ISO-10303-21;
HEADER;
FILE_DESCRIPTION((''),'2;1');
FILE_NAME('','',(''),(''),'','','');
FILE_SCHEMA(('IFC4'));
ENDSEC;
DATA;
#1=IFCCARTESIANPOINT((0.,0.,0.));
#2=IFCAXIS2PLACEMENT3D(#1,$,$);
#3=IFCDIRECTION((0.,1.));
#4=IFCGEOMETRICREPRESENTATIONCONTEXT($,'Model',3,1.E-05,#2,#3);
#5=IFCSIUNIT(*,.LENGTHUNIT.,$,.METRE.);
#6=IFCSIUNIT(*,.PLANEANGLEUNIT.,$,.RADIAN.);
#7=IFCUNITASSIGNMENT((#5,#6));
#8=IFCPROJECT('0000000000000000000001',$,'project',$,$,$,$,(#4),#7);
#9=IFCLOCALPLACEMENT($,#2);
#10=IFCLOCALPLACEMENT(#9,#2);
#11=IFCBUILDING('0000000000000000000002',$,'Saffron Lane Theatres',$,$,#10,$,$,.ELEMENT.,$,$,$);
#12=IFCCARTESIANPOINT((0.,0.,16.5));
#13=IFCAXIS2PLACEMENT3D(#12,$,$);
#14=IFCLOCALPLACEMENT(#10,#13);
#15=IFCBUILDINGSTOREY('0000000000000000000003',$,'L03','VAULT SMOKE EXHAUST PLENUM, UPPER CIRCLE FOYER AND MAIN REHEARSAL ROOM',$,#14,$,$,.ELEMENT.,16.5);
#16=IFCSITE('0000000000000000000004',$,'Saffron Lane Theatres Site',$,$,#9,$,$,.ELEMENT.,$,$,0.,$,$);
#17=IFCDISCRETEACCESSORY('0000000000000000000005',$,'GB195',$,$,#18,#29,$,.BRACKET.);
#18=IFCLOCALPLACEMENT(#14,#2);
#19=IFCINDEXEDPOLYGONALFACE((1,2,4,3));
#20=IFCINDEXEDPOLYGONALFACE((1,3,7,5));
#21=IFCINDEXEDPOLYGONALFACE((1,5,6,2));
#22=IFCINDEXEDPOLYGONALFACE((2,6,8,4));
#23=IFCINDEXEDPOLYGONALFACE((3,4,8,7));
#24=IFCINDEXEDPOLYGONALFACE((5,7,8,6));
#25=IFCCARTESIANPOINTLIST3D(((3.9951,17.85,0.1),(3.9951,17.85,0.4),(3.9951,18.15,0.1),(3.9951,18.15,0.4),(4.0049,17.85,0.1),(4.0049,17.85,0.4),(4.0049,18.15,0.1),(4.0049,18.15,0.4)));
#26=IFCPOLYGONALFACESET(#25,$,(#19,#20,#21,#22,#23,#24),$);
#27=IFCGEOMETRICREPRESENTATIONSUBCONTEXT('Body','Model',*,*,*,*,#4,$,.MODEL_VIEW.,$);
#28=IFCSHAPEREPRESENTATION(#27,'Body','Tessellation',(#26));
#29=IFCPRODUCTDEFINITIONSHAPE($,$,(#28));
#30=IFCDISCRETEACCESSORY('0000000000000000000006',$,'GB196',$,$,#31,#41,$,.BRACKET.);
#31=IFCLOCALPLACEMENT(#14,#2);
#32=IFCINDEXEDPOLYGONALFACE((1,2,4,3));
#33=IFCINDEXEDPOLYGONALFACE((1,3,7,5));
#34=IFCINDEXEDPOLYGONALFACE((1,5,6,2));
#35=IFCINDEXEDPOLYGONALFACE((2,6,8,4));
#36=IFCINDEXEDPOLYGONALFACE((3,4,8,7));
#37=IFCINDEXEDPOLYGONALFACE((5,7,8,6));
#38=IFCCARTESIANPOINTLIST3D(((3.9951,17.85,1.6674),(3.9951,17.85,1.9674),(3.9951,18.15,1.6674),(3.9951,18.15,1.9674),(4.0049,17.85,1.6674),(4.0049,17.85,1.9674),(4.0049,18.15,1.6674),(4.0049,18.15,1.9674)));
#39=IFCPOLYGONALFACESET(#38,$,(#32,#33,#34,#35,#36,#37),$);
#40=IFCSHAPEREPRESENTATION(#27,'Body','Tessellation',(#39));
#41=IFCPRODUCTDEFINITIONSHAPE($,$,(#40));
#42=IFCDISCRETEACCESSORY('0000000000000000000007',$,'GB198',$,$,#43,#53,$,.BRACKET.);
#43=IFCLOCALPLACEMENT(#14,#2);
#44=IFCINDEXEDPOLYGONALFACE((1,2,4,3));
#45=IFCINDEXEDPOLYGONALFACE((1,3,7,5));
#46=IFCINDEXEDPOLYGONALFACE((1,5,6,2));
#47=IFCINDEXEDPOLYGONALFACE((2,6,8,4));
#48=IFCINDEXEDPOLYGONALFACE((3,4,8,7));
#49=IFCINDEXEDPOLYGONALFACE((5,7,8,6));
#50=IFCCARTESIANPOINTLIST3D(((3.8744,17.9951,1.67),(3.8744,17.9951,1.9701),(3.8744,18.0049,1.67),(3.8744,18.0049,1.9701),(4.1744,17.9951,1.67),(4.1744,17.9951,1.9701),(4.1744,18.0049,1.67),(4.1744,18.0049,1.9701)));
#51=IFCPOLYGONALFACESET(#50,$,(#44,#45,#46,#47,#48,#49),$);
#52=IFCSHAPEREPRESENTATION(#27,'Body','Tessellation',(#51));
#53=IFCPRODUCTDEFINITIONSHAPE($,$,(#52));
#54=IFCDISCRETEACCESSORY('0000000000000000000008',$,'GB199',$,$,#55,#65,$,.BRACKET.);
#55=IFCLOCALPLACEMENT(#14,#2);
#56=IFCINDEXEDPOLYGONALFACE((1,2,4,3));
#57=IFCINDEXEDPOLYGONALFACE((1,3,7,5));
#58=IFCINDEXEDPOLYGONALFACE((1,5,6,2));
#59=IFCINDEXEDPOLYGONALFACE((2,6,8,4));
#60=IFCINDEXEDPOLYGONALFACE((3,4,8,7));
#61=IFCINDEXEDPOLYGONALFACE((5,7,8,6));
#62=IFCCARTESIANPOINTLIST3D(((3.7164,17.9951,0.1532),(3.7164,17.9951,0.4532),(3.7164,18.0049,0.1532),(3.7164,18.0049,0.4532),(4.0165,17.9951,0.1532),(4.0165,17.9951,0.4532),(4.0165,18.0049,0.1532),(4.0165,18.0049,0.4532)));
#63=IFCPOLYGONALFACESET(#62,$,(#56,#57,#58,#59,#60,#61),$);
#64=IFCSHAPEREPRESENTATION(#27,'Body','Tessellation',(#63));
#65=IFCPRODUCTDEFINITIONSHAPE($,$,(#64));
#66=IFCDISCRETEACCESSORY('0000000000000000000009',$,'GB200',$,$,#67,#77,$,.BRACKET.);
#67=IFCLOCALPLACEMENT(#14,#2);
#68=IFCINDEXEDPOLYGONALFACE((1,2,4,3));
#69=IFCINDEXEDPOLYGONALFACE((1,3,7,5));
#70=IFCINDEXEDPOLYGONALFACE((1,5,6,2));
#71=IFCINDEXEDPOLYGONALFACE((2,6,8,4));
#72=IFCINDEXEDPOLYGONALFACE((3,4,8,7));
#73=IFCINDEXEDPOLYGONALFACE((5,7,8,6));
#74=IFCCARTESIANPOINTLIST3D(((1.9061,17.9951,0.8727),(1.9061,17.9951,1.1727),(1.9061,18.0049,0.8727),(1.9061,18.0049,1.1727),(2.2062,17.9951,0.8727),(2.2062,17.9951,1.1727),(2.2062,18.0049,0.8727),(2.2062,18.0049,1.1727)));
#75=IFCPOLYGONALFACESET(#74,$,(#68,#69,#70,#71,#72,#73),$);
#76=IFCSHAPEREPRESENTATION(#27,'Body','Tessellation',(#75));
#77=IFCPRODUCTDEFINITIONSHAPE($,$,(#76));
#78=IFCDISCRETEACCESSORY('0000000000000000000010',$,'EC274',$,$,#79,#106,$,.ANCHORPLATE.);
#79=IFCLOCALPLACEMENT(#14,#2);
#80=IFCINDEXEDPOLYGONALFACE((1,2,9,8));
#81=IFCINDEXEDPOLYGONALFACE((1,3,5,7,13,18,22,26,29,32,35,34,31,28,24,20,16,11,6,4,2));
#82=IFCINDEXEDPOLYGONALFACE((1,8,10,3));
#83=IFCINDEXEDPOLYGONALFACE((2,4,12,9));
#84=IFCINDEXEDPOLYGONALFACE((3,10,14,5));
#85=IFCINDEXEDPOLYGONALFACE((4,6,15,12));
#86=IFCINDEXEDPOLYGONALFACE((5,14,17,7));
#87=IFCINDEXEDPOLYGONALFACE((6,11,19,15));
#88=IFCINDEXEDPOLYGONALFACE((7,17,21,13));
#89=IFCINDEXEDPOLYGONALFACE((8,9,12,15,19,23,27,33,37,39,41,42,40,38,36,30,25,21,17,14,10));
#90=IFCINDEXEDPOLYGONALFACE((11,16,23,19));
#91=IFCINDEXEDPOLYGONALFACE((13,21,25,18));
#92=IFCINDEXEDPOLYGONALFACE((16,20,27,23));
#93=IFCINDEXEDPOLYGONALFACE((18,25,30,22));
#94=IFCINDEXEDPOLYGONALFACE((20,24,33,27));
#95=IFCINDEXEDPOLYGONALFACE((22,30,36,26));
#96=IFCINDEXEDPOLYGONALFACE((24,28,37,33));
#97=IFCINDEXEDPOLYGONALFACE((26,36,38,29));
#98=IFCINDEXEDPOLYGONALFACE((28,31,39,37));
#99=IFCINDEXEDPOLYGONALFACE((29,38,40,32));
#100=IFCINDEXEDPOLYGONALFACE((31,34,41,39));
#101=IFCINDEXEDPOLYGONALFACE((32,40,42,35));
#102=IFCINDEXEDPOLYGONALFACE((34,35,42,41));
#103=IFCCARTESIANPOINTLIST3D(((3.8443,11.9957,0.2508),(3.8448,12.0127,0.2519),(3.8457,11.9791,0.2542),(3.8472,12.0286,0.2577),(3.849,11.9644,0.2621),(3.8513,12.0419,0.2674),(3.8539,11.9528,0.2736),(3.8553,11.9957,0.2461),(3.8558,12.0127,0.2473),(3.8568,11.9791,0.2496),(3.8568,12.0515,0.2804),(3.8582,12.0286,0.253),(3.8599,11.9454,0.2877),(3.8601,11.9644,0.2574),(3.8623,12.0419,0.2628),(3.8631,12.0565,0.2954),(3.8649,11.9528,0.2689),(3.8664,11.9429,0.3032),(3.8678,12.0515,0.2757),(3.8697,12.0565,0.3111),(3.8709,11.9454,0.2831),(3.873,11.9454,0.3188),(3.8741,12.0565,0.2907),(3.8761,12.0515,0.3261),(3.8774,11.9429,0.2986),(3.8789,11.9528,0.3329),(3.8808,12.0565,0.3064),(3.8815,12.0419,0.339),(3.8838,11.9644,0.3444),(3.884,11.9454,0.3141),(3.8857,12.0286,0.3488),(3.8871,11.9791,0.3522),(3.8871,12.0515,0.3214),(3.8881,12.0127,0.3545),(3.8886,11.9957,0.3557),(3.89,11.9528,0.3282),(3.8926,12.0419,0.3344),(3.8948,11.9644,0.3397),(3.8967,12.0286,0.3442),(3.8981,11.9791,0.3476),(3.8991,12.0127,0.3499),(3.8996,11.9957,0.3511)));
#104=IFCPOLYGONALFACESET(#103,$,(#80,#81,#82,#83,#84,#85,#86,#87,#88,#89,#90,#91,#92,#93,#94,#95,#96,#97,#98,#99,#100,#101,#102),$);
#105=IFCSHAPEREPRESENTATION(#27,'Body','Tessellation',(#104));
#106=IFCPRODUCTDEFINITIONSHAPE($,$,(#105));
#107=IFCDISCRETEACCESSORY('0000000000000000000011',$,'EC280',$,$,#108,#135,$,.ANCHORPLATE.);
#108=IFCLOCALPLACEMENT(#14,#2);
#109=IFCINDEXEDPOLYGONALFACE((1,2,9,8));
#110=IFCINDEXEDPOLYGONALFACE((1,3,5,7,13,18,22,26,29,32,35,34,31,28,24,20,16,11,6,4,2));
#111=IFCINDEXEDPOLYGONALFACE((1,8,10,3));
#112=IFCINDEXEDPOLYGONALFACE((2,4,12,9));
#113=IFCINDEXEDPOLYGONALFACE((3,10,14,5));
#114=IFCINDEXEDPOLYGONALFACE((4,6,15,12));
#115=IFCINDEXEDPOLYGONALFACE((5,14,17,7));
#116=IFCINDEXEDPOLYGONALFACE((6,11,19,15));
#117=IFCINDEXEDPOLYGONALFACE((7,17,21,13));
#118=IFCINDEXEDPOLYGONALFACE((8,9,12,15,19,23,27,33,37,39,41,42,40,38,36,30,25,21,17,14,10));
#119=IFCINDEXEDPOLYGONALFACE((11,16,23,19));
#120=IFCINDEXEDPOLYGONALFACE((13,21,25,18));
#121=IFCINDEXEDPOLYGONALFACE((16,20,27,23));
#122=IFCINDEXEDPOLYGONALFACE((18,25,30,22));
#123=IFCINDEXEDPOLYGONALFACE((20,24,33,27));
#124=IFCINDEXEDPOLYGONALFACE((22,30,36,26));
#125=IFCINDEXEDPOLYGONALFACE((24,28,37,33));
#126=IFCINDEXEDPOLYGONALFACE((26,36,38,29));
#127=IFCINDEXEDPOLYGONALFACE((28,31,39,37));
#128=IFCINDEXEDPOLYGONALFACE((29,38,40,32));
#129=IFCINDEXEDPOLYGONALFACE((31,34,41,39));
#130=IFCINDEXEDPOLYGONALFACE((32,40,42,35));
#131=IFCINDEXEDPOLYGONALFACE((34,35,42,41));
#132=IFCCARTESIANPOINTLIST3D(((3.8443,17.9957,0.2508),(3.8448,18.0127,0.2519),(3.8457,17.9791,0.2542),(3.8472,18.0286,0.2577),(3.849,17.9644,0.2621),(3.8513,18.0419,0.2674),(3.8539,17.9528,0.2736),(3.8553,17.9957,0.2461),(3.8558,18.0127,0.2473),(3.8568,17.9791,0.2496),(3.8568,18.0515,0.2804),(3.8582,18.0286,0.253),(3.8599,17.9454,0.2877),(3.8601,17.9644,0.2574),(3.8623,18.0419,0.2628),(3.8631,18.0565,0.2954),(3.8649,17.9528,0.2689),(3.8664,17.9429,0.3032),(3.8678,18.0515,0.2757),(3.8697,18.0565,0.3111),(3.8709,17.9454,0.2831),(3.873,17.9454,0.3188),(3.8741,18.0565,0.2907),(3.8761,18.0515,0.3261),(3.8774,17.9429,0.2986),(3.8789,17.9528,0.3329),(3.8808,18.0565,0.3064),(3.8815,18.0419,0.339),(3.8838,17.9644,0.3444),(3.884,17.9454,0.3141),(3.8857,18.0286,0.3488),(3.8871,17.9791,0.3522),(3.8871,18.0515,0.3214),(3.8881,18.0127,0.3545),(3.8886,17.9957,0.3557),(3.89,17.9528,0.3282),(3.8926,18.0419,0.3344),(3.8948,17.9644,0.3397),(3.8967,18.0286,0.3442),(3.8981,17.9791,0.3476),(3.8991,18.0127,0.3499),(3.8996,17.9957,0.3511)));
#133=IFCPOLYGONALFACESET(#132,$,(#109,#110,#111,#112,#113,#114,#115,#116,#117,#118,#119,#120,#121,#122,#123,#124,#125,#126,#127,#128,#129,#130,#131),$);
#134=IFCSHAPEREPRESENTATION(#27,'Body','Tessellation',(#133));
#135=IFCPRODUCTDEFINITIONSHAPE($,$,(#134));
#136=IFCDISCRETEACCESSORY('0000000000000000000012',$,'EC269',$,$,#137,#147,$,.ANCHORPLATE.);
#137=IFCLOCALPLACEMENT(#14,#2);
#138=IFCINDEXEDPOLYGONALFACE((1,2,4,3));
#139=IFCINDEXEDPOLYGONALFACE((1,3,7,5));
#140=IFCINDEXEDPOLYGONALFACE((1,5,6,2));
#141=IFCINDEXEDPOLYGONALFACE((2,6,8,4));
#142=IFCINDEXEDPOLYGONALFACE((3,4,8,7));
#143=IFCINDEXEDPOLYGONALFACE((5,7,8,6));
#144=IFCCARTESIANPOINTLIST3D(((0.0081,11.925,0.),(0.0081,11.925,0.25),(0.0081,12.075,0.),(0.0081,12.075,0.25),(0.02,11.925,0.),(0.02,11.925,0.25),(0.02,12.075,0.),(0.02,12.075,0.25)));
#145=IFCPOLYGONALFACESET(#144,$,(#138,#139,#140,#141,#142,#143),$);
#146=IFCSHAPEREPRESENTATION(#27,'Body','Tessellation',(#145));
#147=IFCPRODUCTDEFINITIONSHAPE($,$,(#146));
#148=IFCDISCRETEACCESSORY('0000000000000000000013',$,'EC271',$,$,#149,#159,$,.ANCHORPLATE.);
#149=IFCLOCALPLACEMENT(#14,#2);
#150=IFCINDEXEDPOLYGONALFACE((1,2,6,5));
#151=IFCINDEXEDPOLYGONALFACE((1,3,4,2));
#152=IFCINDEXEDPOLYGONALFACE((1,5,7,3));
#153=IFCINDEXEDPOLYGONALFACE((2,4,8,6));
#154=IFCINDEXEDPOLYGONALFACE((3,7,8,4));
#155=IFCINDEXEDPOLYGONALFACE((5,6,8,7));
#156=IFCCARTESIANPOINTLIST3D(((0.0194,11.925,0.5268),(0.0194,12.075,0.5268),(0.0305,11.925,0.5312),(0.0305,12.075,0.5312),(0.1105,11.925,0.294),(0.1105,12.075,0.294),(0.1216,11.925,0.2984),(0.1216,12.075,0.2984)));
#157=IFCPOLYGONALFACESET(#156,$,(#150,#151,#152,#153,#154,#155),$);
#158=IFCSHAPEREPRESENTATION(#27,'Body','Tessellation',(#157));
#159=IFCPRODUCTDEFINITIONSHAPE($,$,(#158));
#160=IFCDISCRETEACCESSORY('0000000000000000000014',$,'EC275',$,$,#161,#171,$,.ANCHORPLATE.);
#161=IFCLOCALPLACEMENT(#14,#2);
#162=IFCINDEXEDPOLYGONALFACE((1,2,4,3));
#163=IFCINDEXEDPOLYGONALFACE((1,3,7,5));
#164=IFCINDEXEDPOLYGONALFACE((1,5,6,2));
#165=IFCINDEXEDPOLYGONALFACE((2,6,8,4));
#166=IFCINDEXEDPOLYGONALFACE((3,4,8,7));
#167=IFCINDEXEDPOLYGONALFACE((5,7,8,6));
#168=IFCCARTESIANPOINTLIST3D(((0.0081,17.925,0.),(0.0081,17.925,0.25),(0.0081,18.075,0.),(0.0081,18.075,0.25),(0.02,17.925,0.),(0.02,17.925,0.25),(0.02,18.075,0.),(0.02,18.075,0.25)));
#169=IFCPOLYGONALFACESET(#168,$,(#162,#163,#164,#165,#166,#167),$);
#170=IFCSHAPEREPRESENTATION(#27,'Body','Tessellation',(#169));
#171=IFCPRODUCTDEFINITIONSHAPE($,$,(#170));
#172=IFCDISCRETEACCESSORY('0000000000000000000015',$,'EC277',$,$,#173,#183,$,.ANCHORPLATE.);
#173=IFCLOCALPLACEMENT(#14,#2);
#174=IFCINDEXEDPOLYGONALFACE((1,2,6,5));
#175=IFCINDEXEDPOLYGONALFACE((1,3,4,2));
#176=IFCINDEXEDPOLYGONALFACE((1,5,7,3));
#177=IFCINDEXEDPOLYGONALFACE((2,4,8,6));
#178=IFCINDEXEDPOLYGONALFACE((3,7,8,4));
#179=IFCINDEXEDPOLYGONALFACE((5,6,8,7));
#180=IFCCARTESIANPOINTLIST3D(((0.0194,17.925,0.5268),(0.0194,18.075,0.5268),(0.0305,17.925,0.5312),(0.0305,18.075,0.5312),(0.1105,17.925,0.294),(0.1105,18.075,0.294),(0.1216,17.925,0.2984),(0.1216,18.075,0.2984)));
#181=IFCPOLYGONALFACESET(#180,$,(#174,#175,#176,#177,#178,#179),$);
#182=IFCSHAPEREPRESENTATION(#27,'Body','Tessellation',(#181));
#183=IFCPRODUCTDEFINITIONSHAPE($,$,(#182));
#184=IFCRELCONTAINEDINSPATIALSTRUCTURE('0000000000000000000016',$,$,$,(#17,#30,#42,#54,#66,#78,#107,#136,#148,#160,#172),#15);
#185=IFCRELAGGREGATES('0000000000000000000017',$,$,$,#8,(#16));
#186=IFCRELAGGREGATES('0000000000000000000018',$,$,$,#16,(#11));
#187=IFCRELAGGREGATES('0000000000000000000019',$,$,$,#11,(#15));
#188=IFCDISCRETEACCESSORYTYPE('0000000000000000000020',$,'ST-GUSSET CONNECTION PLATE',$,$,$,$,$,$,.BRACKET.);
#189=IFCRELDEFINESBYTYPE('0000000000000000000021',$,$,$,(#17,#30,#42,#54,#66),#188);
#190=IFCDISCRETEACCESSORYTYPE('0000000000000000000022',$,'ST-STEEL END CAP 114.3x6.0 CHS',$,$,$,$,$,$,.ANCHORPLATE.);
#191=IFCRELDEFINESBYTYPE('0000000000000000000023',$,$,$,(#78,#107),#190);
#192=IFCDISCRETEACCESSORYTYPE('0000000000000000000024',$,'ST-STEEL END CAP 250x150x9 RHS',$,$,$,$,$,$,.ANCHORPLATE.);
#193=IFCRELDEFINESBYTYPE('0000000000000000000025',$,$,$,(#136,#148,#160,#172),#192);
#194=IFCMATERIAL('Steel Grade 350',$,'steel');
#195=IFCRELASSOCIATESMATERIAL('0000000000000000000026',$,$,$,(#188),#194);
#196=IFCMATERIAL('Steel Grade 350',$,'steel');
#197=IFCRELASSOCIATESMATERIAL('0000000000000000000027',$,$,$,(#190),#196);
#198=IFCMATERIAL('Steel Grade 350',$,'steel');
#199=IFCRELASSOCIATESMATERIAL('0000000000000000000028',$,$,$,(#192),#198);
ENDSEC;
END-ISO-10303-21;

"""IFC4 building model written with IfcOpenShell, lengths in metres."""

from ifc_helpers import new_model, si_unit, direction, frame, origin, origin_2d, place, context, subcontext, project, spatial, rectangle, circle, extrude, material, material_profile, profile_set, type_object, element, save


model = new_model("IFC4")

# Units and contexts
model_context = context("Model", 3, precision=1e-05, world=origin(), true_north=direction((0.0, 1.0)))
body_context = subcontext(model_context, "Body", "Model", "MODEL_VIEW")
ifc_project = project(units=[si_unit("LENGTHUNIT", "METRE"), si_unit("PLANEANGLEUNIT", "RADIAN")], contexts=[model_context])

# Site, building, storey
site_placement = place(None, origin())
site = spatial("IfcSite", under=ifc_project, at=site_placement, Name="Saffron Lane Theatres Site", CompositionType="ELEMENT", RefElevation=0.0)
building_placement = place(site_placement, origin())
building = spatial("IfcBuilding", under=site, at=building_placement, Name="Saffron Lane Theatres", CompositionType="ELEMENT")
storey_placement = place(building_placement, frame((0.0, 0.0, 16.5)))
storey = spatial("IfcBuildingStorey", under=building, at=storey_placement, Name="L03", Description="VAULT SMOKE EXHAUST PLENUM, UPPER CIRCLE FOYER AND MAIN REHEARSAL ROOM", CompositionType="ELEMENT", Elevation=16.5)

# Discrete accessories
ifc_material_1 = material(Name="Steel Grade 350", Category="steel")
ifc_material_profile_1 = material_profile(ifc_material_1, rectangle(XDim=0.3, YDim=0.3, at=origin_2d()))
ifc_profile_set_1 = profile_set([ifc_material_profile_1], Name="Steel Grade 350")
discrete_accessory_type_1 = type_object("IfcDiscreteAccessoryType", Name="ST-GUSSET CONNECTION PLATE", PredefinedType="BRACKET", material=ifc_profile_set_1)
for number, where, z_axis, x_axis, name in (
    (1, (3.9951, 18.0, 0.25), (1.0, 0.0, 0.0), (0.0, 1.0, 0.0), "GB195"),
    (2, (3.9951, 18.0, 1.8174), (1.0, 0.0, 0.0), (0.0, 1.0, 0.0), "GB196"),
    (3, (4.0244, 17.9951, 1.8201), (0.0, 1.0, 0.0), (-1.0, 0.0, 0.0), "GB198"),
    (4, (3.8665, 17.9951, 0.3032), (0.0, 1.0, 0.0), (-1.0, 0.0, 0.0), "GB199"),
    (5, (2.0562, 17.9951, 1.0227), (0.0, 1.0, 0.0), (-1.0, 0.0, 0.0), "GB200"),
):
    element("IfcDiscreteAccessory", number, at=place(storey_placement, frame(where, z_axis=z_axis, x_axis=x_axis)), inside=storey, type_object=discrete_accessory_type_1, Name=name, PredefinedType="BRACKET", context=body_context, shape_type="SweptSolid", body=[
        extrude(rectangle(XDim=0.3, YDim=0.3, at=origin_2d()), origin(), (0.0, 0.0, 1.0), 0.0098),
    ])
ifc_material_2 = material(Name="Steel Grade 350", Category="steel")
ifc_material_profile_2 = material_profile(ifc_material_2, circle(Radius=0.0571, at=origin_2d()))
ifc_profile_set_2 = profile_set([ifc_material_profile_2], Name="Steel Grade 350")
discrete_accessory_type_2 = type_object("IfcDiscreteAccessoryType", Name="ST-STEEL END CAP 114.3x6.0 CHS", PredefinedType="ANCHORPLATE", material=ifc_profile_set_2)
for number, where, z_axis, x_axis, name in (
    (6, (3.8774, 12.0, 0.2986), (-0.92125, 0.0, 0.388972), (0.0, -1.0, 0.0), "EC274"),
    (7, (3.8774, 18.0, 0.2986), (-0.92125, 0.0, 0.388972), (0.0, -1.0, 0.0), "EC280"),
):
    element("IfcDiscreteAccessory", number, at=place(storey_placement, frame(where, z_axis=z_axis, x_axis=x_axis)), inside=storey, type_object=discrete_accessory_type_2, Name=name, PredefinedType="ANCHORPLATE", context=body_context, shape_type="SweptSolid", body=[
        extrude(circle(Radius=0.0571, at=origin_2d()), origin(), (0.0, 0.0, 1.0), 0.012),
    ])
ifc_material_3 = material(Name="Steel Grade 350", Category="steel")
ifc_material_profile_3 = material_profile(ifc_material_3, rectangle(XDim=0.1499, YDim=0.25, at=origin_2d()))
ifc_profile_set_3 = profile_set([ifc_material_profile_3], Name="Steel Grade 350")
discrete_accessory_type_3 = type_object("IfcDiscreteAccessoryType", Name="ST-STEEL END CAP 250x150x9 RHS", PredefinedType="ANCHORPLATE", material=ifc_profile_set_3)
for number, where, z_axis, x_axis, name in (
    (8, (0.0081, 12.0, 0.125), (1.0, 0.0, 0.0), (0.0, 1.0, 0.0), "EC269"),
    (9, (0.0649, 12.0, 0.4104), (0.931243, 0.0, 0.364399), (0.0, 1.0, 0.0), "EC271"),
    (10, (0.0081, 18.0, 0.125), (1.0, 0.0, 0.0), (0.0, 1.0, 0.0), "EC275"),
    (11, (0.0649, 18.0, 0.4104), (0.931243, 0.0, 0.364399), (0.0, 1.0, 0.0), "EC277"),
):
    element("IfcDiscreteAccessory", number, at=place(storey_placement, frame(where, z_axis=z_axis, x_axis=x_axis)), inside=storey, type_object=discrete_accessory_type_3, Name=name, PredefinedType="ANCHORPLATE", context=body_context, shape_type="SweptSolid", body=[
        extrude(rectangle(XDim=0.1499, YDim=0.25, at=origin_2d()), origin(), (0.0, 0.0, 1.0), 0.012),
    ])

save(model, "model.ifc")
